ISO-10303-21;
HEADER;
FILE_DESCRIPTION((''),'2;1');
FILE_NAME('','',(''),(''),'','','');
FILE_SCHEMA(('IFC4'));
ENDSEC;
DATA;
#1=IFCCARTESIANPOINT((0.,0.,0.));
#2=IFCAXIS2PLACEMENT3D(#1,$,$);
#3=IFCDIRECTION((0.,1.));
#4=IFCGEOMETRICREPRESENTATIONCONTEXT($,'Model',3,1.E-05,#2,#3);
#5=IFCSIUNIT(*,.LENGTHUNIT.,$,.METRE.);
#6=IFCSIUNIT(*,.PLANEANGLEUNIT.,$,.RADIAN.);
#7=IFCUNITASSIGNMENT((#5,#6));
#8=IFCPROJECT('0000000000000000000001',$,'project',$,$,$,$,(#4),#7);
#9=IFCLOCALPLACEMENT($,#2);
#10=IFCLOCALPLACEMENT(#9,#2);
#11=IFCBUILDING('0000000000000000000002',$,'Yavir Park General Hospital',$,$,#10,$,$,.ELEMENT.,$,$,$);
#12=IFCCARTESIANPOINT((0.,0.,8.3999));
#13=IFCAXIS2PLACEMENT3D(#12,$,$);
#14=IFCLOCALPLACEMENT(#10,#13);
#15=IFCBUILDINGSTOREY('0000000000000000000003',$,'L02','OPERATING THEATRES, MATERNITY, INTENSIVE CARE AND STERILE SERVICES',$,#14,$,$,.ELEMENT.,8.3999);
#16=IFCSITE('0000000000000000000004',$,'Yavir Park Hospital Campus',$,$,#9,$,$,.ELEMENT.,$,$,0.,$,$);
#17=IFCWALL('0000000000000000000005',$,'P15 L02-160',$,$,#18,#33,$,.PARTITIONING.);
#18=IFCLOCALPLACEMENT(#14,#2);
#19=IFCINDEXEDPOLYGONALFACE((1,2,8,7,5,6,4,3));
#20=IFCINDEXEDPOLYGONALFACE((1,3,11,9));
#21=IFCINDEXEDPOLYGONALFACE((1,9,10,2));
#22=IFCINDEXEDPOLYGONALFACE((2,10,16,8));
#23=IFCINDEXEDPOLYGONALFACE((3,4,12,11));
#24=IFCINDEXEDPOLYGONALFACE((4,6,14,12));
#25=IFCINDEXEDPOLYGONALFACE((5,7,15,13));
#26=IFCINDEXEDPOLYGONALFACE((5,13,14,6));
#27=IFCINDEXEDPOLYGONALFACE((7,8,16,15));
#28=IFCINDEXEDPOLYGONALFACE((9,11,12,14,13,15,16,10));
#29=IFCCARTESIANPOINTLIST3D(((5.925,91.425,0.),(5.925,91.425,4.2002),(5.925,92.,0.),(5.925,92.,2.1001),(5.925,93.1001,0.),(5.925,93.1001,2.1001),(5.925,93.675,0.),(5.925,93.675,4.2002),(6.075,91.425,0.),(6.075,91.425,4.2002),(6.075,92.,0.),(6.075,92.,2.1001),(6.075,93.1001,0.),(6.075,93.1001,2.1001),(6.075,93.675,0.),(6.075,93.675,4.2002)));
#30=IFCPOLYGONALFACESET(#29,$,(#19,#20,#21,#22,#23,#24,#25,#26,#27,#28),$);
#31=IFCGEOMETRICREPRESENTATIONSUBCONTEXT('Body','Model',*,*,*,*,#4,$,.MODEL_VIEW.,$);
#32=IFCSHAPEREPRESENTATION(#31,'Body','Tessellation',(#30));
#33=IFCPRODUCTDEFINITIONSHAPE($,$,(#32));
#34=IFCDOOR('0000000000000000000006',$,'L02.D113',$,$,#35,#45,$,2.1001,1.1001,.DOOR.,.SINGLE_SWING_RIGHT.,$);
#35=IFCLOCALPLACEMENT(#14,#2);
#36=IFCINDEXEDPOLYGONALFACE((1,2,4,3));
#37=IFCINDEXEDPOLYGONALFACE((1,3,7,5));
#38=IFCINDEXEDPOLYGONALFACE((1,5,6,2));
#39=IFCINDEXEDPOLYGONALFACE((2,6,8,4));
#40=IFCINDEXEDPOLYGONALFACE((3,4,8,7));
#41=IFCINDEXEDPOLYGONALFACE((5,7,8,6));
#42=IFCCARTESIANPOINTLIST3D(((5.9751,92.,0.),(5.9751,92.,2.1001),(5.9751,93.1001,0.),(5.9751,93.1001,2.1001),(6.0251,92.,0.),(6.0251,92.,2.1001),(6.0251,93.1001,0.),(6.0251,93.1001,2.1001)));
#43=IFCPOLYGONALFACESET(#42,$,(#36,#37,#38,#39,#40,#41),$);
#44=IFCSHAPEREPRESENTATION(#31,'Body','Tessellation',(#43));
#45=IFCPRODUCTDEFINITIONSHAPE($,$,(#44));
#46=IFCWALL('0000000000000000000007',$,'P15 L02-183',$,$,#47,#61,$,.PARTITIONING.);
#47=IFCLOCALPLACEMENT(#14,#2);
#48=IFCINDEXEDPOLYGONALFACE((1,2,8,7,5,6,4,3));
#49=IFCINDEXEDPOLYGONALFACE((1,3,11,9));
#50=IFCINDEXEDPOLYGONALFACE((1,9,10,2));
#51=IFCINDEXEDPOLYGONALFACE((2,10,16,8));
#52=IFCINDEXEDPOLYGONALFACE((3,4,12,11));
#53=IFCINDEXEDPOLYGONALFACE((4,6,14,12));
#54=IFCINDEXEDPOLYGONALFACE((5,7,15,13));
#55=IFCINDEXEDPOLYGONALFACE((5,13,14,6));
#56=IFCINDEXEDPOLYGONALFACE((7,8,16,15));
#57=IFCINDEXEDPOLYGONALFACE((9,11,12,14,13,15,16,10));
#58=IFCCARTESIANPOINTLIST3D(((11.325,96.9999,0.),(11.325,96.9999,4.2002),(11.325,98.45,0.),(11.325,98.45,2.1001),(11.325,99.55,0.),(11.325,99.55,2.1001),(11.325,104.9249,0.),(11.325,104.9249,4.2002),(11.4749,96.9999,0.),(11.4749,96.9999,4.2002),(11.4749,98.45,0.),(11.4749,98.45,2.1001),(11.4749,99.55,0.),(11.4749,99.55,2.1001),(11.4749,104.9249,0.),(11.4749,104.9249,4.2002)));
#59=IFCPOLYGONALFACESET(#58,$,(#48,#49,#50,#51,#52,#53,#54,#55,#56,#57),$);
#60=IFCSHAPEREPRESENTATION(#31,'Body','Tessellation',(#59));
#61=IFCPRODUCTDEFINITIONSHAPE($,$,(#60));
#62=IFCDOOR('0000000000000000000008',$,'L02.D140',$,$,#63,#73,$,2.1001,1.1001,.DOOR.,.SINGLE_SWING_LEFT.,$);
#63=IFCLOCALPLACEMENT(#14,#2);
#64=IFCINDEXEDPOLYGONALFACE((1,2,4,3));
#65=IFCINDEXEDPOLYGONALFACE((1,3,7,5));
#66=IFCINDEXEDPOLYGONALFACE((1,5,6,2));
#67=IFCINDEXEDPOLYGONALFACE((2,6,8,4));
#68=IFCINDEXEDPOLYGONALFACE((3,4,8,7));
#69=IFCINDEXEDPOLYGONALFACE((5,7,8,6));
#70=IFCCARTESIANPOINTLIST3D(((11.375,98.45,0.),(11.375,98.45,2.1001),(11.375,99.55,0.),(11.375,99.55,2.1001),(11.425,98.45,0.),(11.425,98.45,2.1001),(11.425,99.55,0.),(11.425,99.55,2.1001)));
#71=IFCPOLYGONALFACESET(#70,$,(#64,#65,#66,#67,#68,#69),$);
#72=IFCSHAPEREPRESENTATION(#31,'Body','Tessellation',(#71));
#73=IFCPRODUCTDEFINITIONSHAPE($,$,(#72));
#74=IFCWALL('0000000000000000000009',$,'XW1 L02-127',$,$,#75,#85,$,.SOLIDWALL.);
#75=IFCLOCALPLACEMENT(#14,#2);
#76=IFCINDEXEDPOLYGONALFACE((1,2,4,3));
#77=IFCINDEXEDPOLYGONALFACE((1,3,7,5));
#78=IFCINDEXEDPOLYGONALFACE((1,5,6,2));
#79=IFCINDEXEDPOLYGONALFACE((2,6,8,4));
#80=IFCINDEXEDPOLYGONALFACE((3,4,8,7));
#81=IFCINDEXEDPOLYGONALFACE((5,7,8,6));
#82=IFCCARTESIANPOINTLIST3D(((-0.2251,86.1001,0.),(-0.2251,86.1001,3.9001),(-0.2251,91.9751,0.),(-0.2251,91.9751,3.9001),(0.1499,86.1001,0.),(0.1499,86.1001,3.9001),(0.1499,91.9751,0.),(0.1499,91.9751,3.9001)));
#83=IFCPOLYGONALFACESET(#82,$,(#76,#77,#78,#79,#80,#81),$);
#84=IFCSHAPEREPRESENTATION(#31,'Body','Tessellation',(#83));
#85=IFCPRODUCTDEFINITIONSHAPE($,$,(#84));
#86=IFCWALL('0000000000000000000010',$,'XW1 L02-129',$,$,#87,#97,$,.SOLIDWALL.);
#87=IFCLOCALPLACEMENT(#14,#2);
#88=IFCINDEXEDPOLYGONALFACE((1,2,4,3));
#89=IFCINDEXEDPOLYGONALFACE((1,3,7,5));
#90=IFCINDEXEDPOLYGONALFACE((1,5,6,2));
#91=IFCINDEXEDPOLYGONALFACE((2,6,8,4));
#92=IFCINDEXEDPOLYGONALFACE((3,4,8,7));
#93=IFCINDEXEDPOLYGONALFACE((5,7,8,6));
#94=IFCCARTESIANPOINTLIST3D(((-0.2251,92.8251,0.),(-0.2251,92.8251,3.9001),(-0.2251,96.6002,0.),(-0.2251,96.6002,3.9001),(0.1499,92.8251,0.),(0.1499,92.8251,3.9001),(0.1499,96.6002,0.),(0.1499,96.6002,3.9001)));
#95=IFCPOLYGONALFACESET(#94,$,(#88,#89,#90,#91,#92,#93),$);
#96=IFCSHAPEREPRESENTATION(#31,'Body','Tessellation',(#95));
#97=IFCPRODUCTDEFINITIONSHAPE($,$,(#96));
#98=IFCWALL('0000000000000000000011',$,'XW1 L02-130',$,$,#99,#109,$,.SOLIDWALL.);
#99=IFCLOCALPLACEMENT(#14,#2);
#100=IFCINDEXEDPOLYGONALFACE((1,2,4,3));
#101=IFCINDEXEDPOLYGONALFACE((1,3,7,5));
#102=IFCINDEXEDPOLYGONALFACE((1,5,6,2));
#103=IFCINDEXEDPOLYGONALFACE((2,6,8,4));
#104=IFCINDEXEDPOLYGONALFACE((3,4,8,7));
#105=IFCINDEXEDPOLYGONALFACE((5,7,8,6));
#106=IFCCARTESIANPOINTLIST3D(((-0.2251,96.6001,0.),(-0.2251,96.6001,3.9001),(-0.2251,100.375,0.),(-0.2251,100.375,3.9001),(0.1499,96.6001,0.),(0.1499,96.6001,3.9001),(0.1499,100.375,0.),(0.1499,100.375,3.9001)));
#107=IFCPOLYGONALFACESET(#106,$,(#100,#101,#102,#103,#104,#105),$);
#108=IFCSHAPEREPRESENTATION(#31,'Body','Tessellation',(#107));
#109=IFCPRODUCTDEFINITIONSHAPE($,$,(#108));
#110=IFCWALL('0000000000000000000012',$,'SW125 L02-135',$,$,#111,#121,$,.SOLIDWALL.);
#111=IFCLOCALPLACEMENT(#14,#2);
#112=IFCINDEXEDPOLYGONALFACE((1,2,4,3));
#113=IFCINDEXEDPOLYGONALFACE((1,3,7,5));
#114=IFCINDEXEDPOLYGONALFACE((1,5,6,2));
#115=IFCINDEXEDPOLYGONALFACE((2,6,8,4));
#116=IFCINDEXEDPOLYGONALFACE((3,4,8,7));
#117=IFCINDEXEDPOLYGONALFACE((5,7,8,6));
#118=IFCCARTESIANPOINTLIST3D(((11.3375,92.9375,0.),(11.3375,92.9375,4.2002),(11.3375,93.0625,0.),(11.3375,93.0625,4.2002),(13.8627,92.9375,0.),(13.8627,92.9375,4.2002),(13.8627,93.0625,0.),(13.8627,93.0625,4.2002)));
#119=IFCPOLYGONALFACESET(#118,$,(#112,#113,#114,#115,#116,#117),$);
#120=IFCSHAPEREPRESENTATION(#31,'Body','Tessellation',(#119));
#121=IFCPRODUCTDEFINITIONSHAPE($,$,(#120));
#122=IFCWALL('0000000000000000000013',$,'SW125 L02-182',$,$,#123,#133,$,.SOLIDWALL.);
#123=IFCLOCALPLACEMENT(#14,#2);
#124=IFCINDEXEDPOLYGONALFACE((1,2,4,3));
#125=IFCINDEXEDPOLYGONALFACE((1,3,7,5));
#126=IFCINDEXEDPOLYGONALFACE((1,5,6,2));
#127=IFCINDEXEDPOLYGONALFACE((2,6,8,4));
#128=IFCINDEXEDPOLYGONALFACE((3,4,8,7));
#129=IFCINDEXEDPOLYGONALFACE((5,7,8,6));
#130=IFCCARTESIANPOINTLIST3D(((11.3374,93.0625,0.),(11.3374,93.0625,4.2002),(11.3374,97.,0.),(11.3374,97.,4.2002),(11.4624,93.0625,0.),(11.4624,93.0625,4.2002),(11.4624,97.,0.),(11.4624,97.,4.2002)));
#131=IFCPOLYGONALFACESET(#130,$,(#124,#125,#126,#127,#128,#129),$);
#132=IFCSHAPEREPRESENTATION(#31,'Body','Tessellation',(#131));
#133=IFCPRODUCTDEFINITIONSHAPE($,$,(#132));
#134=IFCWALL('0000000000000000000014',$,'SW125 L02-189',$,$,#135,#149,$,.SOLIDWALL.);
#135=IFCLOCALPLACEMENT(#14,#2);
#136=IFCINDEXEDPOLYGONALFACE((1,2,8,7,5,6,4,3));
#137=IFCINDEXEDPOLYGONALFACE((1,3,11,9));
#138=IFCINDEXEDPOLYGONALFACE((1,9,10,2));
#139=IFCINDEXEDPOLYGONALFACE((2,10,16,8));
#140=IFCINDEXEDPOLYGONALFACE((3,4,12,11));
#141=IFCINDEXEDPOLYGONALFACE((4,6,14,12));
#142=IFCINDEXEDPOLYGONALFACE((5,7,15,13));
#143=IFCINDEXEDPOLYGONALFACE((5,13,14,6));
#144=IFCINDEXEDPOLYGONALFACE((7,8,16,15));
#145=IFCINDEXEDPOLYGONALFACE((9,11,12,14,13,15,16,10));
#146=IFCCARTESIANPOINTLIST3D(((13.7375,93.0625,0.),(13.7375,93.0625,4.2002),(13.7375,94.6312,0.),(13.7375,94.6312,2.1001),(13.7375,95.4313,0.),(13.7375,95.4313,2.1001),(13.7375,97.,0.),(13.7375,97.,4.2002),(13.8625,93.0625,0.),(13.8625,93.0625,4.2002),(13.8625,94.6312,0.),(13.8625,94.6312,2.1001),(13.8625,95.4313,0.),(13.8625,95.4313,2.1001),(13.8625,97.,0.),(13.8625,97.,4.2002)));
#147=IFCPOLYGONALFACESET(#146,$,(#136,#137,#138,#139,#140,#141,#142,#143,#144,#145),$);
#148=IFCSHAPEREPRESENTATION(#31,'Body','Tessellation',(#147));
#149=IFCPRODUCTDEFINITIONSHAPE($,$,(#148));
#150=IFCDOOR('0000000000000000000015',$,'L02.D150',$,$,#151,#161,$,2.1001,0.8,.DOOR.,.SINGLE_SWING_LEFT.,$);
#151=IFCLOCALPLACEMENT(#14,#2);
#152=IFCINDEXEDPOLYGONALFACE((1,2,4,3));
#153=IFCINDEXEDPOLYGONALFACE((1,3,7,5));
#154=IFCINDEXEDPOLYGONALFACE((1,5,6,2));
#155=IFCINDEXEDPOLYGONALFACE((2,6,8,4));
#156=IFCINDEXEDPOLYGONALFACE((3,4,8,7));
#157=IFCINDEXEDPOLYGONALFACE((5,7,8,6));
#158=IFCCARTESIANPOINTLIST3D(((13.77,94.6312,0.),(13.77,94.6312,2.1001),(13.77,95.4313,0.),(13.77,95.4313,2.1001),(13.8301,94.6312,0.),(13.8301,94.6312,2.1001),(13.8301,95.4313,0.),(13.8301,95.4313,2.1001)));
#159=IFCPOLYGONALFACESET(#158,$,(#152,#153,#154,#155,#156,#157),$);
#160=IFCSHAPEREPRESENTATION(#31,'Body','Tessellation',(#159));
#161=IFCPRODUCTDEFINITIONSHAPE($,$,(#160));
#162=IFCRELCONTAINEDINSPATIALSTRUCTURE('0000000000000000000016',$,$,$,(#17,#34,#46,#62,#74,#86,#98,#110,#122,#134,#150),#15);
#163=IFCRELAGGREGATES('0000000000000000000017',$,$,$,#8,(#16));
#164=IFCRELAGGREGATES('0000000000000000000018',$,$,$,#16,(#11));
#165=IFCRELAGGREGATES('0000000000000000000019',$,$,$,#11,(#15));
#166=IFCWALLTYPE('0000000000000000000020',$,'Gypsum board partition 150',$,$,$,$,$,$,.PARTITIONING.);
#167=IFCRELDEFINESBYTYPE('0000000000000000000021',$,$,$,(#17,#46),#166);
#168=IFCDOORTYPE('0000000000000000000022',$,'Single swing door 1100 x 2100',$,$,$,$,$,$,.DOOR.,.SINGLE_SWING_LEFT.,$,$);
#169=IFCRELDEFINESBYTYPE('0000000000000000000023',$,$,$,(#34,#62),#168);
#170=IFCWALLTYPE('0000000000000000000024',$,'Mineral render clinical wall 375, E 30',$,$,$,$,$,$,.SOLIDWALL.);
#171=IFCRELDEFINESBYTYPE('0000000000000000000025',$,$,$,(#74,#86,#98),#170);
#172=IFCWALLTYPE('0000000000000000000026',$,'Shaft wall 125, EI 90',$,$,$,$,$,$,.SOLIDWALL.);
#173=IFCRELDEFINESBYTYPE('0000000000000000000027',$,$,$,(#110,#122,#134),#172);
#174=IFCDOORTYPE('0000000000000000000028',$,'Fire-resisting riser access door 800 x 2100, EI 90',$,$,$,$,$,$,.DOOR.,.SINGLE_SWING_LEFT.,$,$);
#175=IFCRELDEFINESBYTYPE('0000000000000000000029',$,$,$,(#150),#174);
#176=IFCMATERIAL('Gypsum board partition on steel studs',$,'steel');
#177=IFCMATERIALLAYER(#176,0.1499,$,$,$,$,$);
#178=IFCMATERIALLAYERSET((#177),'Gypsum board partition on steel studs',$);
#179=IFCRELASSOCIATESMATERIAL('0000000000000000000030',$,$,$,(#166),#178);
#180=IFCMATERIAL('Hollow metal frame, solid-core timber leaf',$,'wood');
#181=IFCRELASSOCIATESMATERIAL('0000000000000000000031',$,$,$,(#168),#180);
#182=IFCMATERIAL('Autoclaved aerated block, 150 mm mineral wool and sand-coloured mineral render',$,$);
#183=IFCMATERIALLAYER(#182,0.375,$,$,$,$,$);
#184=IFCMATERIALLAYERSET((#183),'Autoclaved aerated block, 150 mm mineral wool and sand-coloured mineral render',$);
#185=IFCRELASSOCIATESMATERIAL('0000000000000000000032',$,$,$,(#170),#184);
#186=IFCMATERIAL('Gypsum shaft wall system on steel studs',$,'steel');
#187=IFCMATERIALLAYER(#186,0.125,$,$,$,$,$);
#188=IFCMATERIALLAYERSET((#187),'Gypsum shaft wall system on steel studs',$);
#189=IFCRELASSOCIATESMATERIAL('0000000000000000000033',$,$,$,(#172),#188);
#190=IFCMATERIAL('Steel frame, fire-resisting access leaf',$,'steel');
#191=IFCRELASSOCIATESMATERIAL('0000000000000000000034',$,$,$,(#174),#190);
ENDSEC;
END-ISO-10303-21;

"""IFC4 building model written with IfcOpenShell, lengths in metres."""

from ifc_helpers import new_model, si_unit, direction, frame, frame_2d, origin, place, context, subcontext, project, spatial, rectangle, extrude, material, layer, layer_set, type_object, element, fill, save


model = new_model("IFC4")

# Units and contexts
model_context = context("Model", 3, precision=1e-05, world=origin(), true_north=direction((0.0, 1.0)))
body_context = subcontext(model_context, "Body", "Model", "MODEL_VIEW")
ifc_project = project(units=[si_unit("LENGTHUNIT", "METRE"), si_unit("PLANEANGLEUNIT", "RADIAN")], contexts=[model_context])

# Site, building, storey
site_placement = place(None, origin())
site = spatial("IfcSite", under=ifc_project, at=site_placement, Name="Yavir Park Hospital Campus", CompositionType="ELEMENT", RefElevation=0.0)
building_placement = place(site_placement, origin())
building = spatial("IfcBuilding", under=site, at=building_placement, Name="Yavir Park General Hospital", CompositionType="ELEMENT")
storey_placement = place(building_placement, frame((0.0, 0.0, 8.3999)))
storey = spatial("IfcBuildingStorey", under=building, at=storey_placement, Name="L02", Description="OPERATING THEATRES, MATERNITY, INTENSIVE CARE AND STERILE SERVICES", CompositionType="ELEMENT", Elevation=8.3999)

# Shared definitions
ifc_material_1 = material(Name="Gypsum board partition on steel studs", Category="steel")
ifc_layer_1 = layer(ifc_material_1, 0.1499)
ifc_layer_set_1 = layer_set([ifc_layer_1], Name="Gypsum board partition on steel studs")
wall_type_1 = type_object("IfcWallType", Name="Gypsum board partition 150", PredefinedType="PARTITIONING", material=ifc_layer_set_1)

# Wall, opening, door
ifc_material_2 = material(Name="Hollow metal frame, solid-core timber leaf", Category="wood")
door_type_1 = type_object("IfcDoorType", Name="Single swing door 1100 x 2100", OperationType="SINGLE_SWING_LEFT", PredefinedType="DOOR", material=ifc_material_2)
wall_1_placement = place(storey_placement, frame((6.0, 91.425, 0.0), z_axis=(0.0, 0.0, 1.0), x_axis=(0.0, 1.0, 0.0)))
wall_1 = element("IfcWall", 1, at=wall_1_placement, inside=storey, type_object=wall_type_1, Name="P15 L02-160", PredefinedType="PARTITIONING", context=body_context, shape_type="SweptSolid", body=[
    extrude(rectangle(XDim=2.25, YDim=0.1499, at=frame_2d((1.125, 0.0))), origin(), (0.0, 0.0, 1.0), 4.2002),
])
opening_1_placement = place(wall_1_placement, frame((0.575, 0.0, 0.0)))
opening_1 = element("IfcOpeningElement", 2, at=opening_1_placement, cuts=wall_1, PredefinedType="OPENING", context=body_context, shape_type="SweptSolid", body=[
    extrude(rectangle(XDim=1.1001, YDim=2.1001, at=frame_2d((0.55, 1.05))), frame((0.0, 0.085, 0.0), z_axis=(0.0, -1.0, 0.0), x_axis=(1.0, 0.0, 0.0)), (0.0, 0.0, 1.0), 0.1699),
])
door_1_placement = place(opening_1_placement, origin())
door_1 = element("IfcDoor", 3, at=door_1_placement, inside=storey, type_object=door_type_1, Name="L02.D113", OperationType="SINGLE_SWING_RIGHT", OverallHeight=2.1001, OverallWidth=1.1001, PredefinedType="DOOR", context=body_context, shape_type="SweptSolid", body=[
    extrude(rectangle(XDim=1.1001, YDim=2.1001, at=frame_2d((0.55, 1.05))), frame((0.0, 0.0249, 0.0), z_axis=(0.0, -1.0, 0.0), x_axis=(1.0, 0.0, 0.0)), (0.0, 0.0, 1.0), 0.05),
])
fill(opening_1, door_1)

# Wall, opening, door
wall_2_placement = place(storey_placement, frame((11.3999, 97.0, 0.0), z_axis=(0.0, 0.0, 1.0), x_axis=(0.0, 1.0, 0.0)))
wall_2 = element("IfcWall", 4, at=wall_2_placement, inside=storey, type_object=wall_type_1, Name="P15 L02-183", PredefinedType="PARTITIONING", context=body_context, shape_type="SweptSolid", body=[
    extrude(rectangle(XDim=7.925, YDim=0.1499, at=frame_2d((3.9624, 0.0))), origin(), (0.0, 0.0, 1.0), 4.2002),
])
opening_2_placement = place(wall_2_placement, frame((1.45, 0.0, 0.0)))
opening_2 = element("IfcOpeningElement", 5, at=opening_2_placement, cuts=wall_2, PredefinedType="OPENING", context=body_context, shape_type="SweptSolid", body=[
    extrude(rectangle(XDim=1.1001, YDim=2.1001, at=frame_2d((0.55, 1.05))), frame((0.0, 0.085, 0.0), z_axis=(0.0, -1.0, 0.0), x_axis=(1.0, 0.0, 0.0)), (0.0, 0.0, 1.0), 0.1699),
])
door_2_placement = place(opening_2_placement, origin())
door_2 = element("IfcDoor", 6, at=door_2_placement, inside=storey, type_object=door_type_1, Name="L02.D140", OperationType="SINGLE_SWING_LEFT", OverallHeight=2.1001, OverallWidth=1.1001, PredefinedType="DOOR", context=body_context, shape_type="SweptSolid", body=[
    extrude(rectangle(XDim=1.1001, YDim=2.1001, at=frame_2d((0.55, 1.05))), frame((0.0, 0.0249, 0.0), z_axis=(0.0, -1.0, 0.0), x_axis=(1.0, 0.0, 0.0)), (0.0, 0.0, 1.0), 0.05),
])
fill(opening_2, door_2)

# Walls
ifc_material_3 = material(Name="Autoclaved aerated block, 150 mm mineral wool and sand-coloured mineral render")
ifc_layer_2 = layer(ifc_material_3, 0.375)
ifc_layer_set_2 = layer_set([ifc_layer_2], Name="Autoclaved aerated block, 150 mm mineral wool and sand-coloured mineral render")
wall_type_2 = type_object("IfcWallType", Name="Mineral render clinical wall 375, E 30", PredefinedType="SOLIDWALL", material=ifc_layer_set_2)
wall_3_placement = place(storey_placement, frame((-0.0376, 86.1001, 0.0), z_axis=(0.0, 0.0, 1.0), x_axis=(0.0, 1.0, 0.0)))
element("IfcWall", 7, at=wall_3_placement, inside=storey, type_object=wall_type_2, Name="XW1 L02-127", PredefinedType="SOLIDWALL", context=body_context, shape_type="SweptSolid", body=[
    extrude(rectangle(XDim=5.875, YDim=0.375, at=frame_2d((2.9375, 0.0))), origin(), (0.0, 0.0, 1.0), 3.9001),
])
wall_4_placement = place(storey_placement, frame((-0.0376, 92.825, 0.0), z_axis=(0.0, 0.0, 1.0), x_axis=(0.0, 1.0, 0.0)))
element("IfcWall", 8, at=wall_4_placement, inside=storey, type_object=wall_type_2, Name="XW1 L02-129", PredefinedType="SOLIDWALL", context=body_context, shape_type="SweptSolid", body=[
    extrude(rectangle(XDim=3.7751, YDim=0.375, at=frame_2d((1.8877, 0.0))), origin(), (0.0, 0.0, 1.0), 3.9001),
])
wall_5_placement = place(storey_placement, frame((-0.0376, 96.6001, 0.0), z_axis=(0.0, 0.0, 1.0), x_axis=(0.0, 1.0, 0.0)))
element("IfcWall", 9, at=wall_5_placement, inside=storey, type_object=wall_type_2, Name="XW1 L02-130", PredefinedType="SOLIDWALL", context=body_context, shape_type="SweptSolid", body=[
    extrude(rectangle(XDim=3.7749, YDim=0.375, at=frame_2d((1.8875, 0.0))), origin(), (0.0, 0.0, 1.0), 3.9001),
])
ifc_material_4 = material(Name="Gypsum shaft wall system on steel studs", Category="steel")
ifc_layer_3 = layer(ifc_material_4, 0.125)
ifc_layer_set_3 = layer_set([ifc_layer_3], Name="Gypsum shaft wall system on steel studs")
wall_type_3 = type_object("IfcWallType", Name="Shaft wall 125, EI 90", PredefinedType="SOLIDWALL", material=ifc_layer_set_3)
wall_6_placement = place(storey_placement, frame((11.3374, 93.0, 0.0), z_axis=(0.0, 0.0, 1.0), x_axis=(1.0, 0.0, 0.0)))
element("IfcWall", 10, at=wall_6_placement, inside=storey, type_object=wall_type_3, Name="SW125 L02-135", PredefinedType="SOLIDWALL", context=body_context, shape_type="SweptSolid", body=[
    extrude(rectangle(XDim=2.5251, YDim=0.125, at=frame_2d((1.2627, 0.0))), origin(), (0.0, 0.0, 1.0), 4.2002),
])
wall_7_placement = place(storey_placement, frame((11.3999, 93.0625, 0.0), z_axis=(0.0, 0.0, 1.0), x_axis=(0.0, 1.0, 0.0)))
element("IfcWall", 11, at=wall_7_placement, inside=storey, type_object=wall_type_3, Name="SW125 L02-182", PredefinedType="SOLIDWALL", context=body_context, shape_type="SweptSolid", body=[
    extrude(rectangle(XDim=3.9375, YDim=0.125, at=frame_2d((1.9688, 0.0))), origin(), (0.0, 0.0, 1.0), 4.2002),
])

# Wall, opening, door
wall_8_placement = place(storey_placement, frame((13.8, 93.0625, 0.0), z_axis=(0.0, 0.0, 1.0), x_axis=(0.0, 1.0, 0.0)))
wall_8 = element("IfcWall", 12, at=wall_8_placement, inside=storey, type_object=wall_type_3, Name="SW125 L02-189", PredefinedType="SOLIDWALL", context=body_context, shape_type="SweptSolid", body=[
    extrude(rectangle(XDim=3.9375, YDim=0.125, at=frame_2d((1.9688, 0.0))), origin(), (0.0, 0.0, 1.0), 4.2002),
])
opening_3_placement = place(wall_8_placement, frame((1.5688, 0.0, 0.0)))
opening_3 = element("IfcOpeningElement", 13, at=opening_3_placement, cuts=wall_8, PredefinedType="OPENING", context=body_context, shape_type="SweptSolid", body=[
    extrude(rectangle(XDim=0.8, YDim=2.1001, at=frame_2d((0.3999, 1.05))), frame((0.0, 0.0725, 0.0), z_axis=(0.0, -1.0, 0.0), x_axis=(1.0, 0.0, 0.0)), (0.0, 0.0, 1.0), 0.145),
])
ifc_material_5 = material(Name="Steel frame, fire-resisting access leaf", Category="steel")
door_type_2 = type_object("IfcDoorType", Name="Fire-resisting riser access door 800 x 2100, EI 90", OperationType="SINGLE_SWING_LEFT", PredefinedType="DOOR", material=ifc_material_5)
door_3_placement = place(opening_3_placement, origin())
door_3 = element("IfcDoor", 14, at=door_3_placement, inside=storey, type_object=door_type_2, Name="L02.D150", OperationType="SINGLE_SWING_LEFT", OverallHeight=2.1001, OverallWidth=0.8, PredefinedType="DOOR", context=body_context, shape_type="SweptSolid", body=[
    extrude(rectangle(XDim=0.8, YDim=2.1001, at=frame_2d((0.3999, 1.05))), frame((0.0, 0.03, 0.0), z_axis=(0.0, -1.0, 0.0), x_axis=(1.0, 0.0, 0.0)), (0.0, 0.0, 1.0), 0.0601),
])
fill(opening_3, door_3)

save(model, "model.ifc")
